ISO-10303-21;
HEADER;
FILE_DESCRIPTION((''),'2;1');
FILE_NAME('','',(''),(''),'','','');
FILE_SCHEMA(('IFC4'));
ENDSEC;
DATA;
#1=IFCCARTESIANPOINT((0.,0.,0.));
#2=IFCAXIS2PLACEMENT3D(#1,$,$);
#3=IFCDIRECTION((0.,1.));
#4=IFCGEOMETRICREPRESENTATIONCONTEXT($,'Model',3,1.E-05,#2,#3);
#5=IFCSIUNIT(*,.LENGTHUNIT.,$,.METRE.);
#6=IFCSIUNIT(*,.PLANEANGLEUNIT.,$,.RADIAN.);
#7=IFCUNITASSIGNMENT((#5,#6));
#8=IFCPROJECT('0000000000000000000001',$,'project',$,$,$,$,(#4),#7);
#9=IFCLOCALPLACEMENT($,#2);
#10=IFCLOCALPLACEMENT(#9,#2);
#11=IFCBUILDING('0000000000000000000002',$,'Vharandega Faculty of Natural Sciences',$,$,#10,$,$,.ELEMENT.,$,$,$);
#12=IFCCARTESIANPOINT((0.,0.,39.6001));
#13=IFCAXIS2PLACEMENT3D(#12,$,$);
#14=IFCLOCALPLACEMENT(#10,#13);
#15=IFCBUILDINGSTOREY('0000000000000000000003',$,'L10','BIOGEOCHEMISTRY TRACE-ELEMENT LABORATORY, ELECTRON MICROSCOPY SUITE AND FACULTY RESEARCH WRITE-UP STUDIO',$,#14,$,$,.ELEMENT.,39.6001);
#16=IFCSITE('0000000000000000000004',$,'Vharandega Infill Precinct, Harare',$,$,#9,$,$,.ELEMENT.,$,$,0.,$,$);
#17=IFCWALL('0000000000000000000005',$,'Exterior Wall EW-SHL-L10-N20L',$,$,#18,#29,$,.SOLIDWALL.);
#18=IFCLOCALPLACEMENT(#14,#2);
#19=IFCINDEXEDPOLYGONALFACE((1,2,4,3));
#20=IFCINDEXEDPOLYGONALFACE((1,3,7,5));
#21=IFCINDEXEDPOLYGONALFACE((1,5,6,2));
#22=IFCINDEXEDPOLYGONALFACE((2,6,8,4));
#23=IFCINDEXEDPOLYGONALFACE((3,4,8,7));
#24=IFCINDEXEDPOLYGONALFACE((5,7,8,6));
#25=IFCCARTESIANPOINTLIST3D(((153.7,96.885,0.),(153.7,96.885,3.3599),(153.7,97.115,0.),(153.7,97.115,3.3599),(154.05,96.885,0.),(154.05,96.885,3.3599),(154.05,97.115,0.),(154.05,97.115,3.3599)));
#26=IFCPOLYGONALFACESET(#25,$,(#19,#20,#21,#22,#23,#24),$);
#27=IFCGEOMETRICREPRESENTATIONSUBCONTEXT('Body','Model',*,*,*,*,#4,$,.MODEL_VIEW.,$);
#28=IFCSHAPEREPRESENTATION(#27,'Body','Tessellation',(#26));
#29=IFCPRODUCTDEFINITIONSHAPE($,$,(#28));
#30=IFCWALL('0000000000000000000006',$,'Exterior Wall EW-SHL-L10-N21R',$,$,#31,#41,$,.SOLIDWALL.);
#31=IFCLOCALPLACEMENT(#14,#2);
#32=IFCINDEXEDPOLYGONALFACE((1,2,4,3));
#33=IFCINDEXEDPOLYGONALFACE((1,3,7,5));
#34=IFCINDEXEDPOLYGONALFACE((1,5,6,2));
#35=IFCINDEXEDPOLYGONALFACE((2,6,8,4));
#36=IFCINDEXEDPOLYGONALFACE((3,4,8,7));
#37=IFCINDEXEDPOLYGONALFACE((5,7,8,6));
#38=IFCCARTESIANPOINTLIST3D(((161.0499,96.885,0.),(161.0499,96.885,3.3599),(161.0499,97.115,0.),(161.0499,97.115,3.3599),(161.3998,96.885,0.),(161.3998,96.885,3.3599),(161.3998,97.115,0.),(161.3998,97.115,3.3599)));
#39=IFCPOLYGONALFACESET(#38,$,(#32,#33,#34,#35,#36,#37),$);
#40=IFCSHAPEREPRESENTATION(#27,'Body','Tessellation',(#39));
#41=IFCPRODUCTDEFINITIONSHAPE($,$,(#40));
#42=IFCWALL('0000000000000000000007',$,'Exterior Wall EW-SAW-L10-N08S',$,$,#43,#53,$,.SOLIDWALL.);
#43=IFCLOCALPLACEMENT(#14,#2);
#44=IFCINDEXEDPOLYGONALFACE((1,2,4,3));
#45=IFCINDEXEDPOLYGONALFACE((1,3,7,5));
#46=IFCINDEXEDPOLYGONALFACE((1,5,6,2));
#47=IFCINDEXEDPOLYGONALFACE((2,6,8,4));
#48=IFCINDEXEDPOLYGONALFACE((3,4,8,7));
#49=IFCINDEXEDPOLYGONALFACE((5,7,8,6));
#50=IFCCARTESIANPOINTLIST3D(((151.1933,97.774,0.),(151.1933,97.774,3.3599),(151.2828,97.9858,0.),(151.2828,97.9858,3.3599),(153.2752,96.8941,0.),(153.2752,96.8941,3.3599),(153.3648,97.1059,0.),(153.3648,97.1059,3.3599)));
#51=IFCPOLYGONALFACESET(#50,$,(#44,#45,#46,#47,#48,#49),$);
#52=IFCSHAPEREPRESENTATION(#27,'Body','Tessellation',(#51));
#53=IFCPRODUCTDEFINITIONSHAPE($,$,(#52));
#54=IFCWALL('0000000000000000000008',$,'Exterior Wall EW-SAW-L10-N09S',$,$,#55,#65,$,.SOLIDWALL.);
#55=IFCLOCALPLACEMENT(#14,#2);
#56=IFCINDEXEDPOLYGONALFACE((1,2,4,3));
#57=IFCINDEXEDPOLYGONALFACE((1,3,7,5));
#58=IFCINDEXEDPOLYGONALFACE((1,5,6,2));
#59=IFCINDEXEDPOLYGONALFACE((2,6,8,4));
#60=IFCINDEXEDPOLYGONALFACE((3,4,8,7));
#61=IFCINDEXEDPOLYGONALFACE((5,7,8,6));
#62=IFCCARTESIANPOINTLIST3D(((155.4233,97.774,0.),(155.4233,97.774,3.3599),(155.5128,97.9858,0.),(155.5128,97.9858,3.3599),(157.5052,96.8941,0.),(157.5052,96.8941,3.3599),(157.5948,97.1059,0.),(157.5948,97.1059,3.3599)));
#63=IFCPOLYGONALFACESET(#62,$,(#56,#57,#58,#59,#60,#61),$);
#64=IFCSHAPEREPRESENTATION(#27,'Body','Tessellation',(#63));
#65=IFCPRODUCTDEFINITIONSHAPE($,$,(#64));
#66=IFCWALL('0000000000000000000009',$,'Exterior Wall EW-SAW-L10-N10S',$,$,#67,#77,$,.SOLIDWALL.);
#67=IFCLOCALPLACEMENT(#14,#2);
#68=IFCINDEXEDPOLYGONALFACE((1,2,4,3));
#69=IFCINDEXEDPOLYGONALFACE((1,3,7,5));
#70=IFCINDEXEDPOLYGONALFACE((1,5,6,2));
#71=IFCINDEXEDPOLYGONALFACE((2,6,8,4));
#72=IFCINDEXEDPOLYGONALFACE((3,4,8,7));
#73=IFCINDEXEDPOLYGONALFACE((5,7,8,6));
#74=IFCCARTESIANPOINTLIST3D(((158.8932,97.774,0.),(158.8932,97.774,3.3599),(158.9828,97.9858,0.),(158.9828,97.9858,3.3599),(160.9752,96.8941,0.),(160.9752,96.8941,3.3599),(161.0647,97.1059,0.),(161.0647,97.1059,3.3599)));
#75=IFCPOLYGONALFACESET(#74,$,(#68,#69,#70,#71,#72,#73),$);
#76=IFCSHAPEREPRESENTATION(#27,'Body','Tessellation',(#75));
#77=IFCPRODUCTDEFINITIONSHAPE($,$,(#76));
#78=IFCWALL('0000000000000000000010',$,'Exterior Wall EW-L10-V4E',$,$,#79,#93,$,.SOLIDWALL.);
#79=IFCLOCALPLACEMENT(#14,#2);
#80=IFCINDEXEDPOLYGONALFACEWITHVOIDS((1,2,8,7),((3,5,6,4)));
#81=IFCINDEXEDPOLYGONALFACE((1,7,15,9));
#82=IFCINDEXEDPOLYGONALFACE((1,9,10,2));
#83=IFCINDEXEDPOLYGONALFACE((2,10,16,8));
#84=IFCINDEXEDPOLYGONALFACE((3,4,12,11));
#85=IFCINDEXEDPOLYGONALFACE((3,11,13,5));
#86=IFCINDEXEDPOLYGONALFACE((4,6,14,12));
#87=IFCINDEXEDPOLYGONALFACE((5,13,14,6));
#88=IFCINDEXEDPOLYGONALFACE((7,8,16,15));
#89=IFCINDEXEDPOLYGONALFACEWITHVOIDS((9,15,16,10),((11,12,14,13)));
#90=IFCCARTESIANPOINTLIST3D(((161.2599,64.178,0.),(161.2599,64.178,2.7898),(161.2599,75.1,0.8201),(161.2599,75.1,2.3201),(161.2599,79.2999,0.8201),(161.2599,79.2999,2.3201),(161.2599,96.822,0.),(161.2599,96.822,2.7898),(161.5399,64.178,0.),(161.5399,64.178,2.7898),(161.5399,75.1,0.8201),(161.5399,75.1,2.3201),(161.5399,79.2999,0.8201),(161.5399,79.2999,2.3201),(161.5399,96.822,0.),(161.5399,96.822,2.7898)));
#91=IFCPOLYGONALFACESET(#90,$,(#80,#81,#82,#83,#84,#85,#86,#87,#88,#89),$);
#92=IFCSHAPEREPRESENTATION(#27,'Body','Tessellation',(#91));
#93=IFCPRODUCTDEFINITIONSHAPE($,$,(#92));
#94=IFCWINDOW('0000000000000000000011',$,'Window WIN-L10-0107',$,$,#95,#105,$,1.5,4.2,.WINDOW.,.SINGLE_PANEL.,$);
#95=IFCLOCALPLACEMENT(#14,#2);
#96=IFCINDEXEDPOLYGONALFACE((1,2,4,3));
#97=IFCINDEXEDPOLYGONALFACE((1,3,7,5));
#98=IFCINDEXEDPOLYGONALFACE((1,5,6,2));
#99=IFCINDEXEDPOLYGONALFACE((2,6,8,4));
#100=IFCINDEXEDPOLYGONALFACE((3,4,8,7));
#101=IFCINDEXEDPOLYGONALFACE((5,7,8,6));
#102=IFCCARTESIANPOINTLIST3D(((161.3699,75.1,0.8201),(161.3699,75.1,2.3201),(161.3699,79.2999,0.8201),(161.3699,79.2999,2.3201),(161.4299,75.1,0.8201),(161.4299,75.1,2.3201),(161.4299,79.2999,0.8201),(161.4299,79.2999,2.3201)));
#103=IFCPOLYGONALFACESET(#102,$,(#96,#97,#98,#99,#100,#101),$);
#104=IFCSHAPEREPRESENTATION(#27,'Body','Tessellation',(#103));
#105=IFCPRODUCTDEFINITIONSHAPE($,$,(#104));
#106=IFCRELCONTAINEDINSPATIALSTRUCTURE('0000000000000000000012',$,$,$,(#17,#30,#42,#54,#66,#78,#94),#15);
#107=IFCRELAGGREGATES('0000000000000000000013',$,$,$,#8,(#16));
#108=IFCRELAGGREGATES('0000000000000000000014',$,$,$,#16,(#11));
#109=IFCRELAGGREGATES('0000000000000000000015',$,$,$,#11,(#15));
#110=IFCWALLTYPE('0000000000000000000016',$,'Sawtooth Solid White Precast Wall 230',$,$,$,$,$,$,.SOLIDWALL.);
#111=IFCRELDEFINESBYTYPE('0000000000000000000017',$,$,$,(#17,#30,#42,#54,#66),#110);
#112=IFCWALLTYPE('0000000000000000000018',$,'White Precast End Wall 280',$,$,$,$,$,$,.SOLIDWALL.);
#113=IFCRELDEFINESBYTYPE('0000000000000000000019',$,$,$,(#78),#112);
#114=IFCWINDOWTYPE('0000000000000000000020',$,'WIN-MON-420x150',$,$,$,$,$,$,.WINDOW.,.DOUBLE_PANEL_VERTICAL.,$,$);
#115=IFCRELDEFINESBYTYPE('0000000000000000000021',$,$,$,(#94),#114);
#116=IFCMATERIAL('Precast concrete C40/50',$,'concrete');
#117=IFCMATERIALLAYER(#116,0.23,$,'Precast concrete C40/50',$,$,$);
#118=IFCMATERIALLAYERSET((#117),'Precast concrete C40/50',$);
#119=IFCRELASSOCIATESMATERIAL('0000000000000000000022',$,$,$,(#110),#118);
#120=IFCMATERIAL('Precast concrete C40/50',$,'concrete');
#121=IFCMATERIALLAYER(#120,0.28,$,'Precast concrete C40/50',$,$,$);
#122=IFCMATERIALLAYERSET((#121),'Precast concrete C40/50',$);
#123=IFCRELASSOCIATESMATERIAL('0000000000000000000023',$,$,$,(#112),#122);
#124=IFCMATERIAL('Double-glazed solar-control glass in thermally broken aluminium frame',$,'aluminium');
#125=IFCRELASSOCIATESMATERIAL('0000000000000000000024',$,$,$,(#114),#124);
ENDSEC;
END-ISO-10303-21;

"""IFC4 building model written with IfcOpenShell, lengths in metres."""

from ifc_helpers import new_model, si_unit, direction, frame, frame_2d, origin, place, context, subcontext, project, spatial, rectangle, extrude, material, layer, layer_set, type_object, element, fill, save


model = new_model("IFC4")

# Units and contexts
model_context = context("Model", 3, precision=1e-05, world=origin(), true_north=direction((0.0, 1.0)))
body_context = subcontext(model_context, "Body", "Model", "MODEL_VIEW")
ifc_project = project(units=[si_unit("LENGTHUNIT", "METRE"), si_unit("PLANEANGLEUNIT", "RADIAN")], contexts=[model_context])

# Site, building, storey
site_placement = place(None, origin())
site = spatial("IfcSite", under=ifc_project, at=site_placement, Name="Vharandega Infill Precinct, Harare", CompositionType="ELEMENT", RefElevation=0.0)
building_placement = place(site_placement, origin())
building = spatial("IfcBuilding", under=site, at=building_placement, Name="Vharandega Faculty of Natural Sciences", CompositionType="ELEMENT")
storey_placement = place(building_placement, frame((0.0, 0.0, 39.6001)))
storey = spatial("IfcBuildingStorey", under=building, at=storey_placement, Name="L10", Description="BIOGEOCHEMISTRY TRACE-ELEMENT LABORATORY, ELECTRON MICROSCOPY SUITE AND FACULTY RESEARCH WRITE-UP STUDIO", CompositionType="ELEMENT", Elevation=39.6001)

# Walls
ifc_material_1 = material(Name="Precast concrete C40/50", Category="concrete")
ifc_layer_1 = layer(ifc_material_1, 0.23, Name="Precast concrete C40/50")
ifc_layer_set_1 = layer_set([ifc_layer_1], Name="Precast concrete C40/50")
wall_type_1 = type_object("IfcWallType", Name="Sawtooth Solid White Precast Wall 230", PredefinedType="SOLIDWALL", material=ifc_layer_set_1)
wall_1_placement = place(storey_placement, frame((153.7, 97.0, 0.0), z_axis=(0.0, 0.0, 1.0), x_axis=(1.0, 0.0, 0.0)))
element("IfcWall", 1, at=wall_1_placement, inside=storey, type_object=wall_type_1, Name="Exterior Wall EW-SHL-L10-N20L", PredefinedType="SOLIDWALL", context=body_context, shape_type="SweptSolid", body=[
    extrude(rectangle(XDim=0.3501, YDim=0.23, at=frame_2d((0.175, 0.0))), origin(), (0.0, 0.0, 1.0), 3.3599),
])
wall_2_placement = place(storey_placement, frame((161.05, 97.0, 0.0), z_axis=(0.0, 0.0, 1.0), x_axis=(1.0, 0.0, 0.0)))
element("IfcWall", 2, at=wall_2_placement, inside=storey, type_object=wall_type_1, Name="Exterior Wall EW-SHL-L10-N21R", PredefinedType="SOLIDWALL", context=body_context, shape_type="SweptSolid", body=[
    extrude(rectangle(XDim=0.3499, YDim=0.23, at=frame_2d((0.1748, 0.0))), origin(), (0.0, 0.0, 1.0), 3.3599),
])
for number, where, z_axis, x_axis, name in (
    (3, (151.238, 97.8799, 0.0), (0.0, 0.0, 1.0), (0.921122, -0.389274, 0.0), "Exterior Wall EW-SAW-L10-N08S"),
    (4, (155.468, 97.8799, 0.0), (0.0, 0.0, 1.0), (0.921122, -0.389274, 0.0), "Exterior Wall EW-SAW-L10-N09S"),
    (5, (158.938, 97.8799, 0.0), (0.0, 0.0, 1.0), (0.921122, -0.389274, 0.0), "Exterior Wall EW-SAW-L10-N10S"),
):
    element("IfcWall", number, at=place(storey_placement, frame(where, z_axis=z_axis, x_axis=x_axis)), inside=storey, type_object=wall_type_1, Name=name, PredefinedType="SOLIDWALL", context=body_context, shape_type="SweptSolid", body=[
        extrude(rectangle(XDim=2.2603, YDim=0.23, at=frame_2d((1.1301, 0.0))), origin(), (0.0, 0.0, 1.0), 3.3599),
    ])

# Wall, opening, window
ifc_material_2 = material(Name="Precast concrete C40/50", Category="concrete")
ifc_layer_2 = layer(ifc_material_2, 0.28, Name="Precast concrete C40/50")
ifc_layer_set_2 = layer_set([ifc_layer_2], Name="Precast concrete C40/50")
wall_type_2 = type_object("IfcWallType", Name="White Precast End Wall 280", PredefinedType="SOLIDWALL", material=ifc_layer_set_2)
wall_3_placement = place(storey_placement, frame((161.3999, 96.822, 0.0), z_axis=(0.0, 0.0, 1.0), x_axis=(0.0, -1.0, 0.0)))
wall_3 = element("IfcWall", 6, at=wall_3_placement, inside=storey, type_object=wall_type_2, Name="Exterior Wall EW-L10-V4E", PredefinedType="SOLIDWALL", context=body_context, shape_type="SweptSolid", body=[
    extrude(rectangle(XDim=32.644, YDim=0.28, at=frame_2d((16.322, 0.0))), origin(), (0.0, 0.0, 1.0), 2.7898),
])
opening_1_placement = place(wall_3_placement, frame((17.522, 0.0, 0.8201)))
opening_1 = element("IfcOpeningElement", 7, at=opening_1_placement, cuts=wall_3, PredefinedType="OPENING", context=body_context, shape_type="SweptSolid", body=[
    extrude(rectangle(XDim=4.2, YDim=1.5, at=frame_2d((2.1001, 0.75))), frame((0.0, 0.1499, 0.0), z_axis=(0.0, -1.0, 0.0), x_axis=(1.0, 0.0, 0.0)), (0.0, 0.0, 1.0), 0.3),
])
ifc_material_3 = material(Name="Double-glazed solar-control glass in thermally broken aluminium frame", Category="aluminium")
window_type_1 = type_object("IfcWindowType", Name="WIN-MON-420x150", PartitioningType="DOUBLE_PANEL_VERTICAL", PredefinedType="WINDOW", material=ifc_material_3)
window_1_placement = place(opening_1_placement, origin())
window_1 = element("IfcWindow", 8, at=window_1_placement, inside=storey, type_object=window_type_1, Name="Window WIN-L10-0107", OverallHeight=1.5, OverallWidth=4.2, PartitioningType="SINGLE_PANEL", PredefinedType="WINDOW", context=body_context, shape_type="SweptSolid", body=[
    extrude(rectangle(XDim=4.2, YDim=1.5, at=frame_2d((2.1001, 0.75))), frame((0.0, 0.03, 0.0), z_axis=(0.0, -1.0, 0.0), x_axis=(1.0, 0.0, 0.0)), (0.0, 0.0, 1.0), 0.0601),
])
fill(opening_1, window_1)

save(model, "model.ifc")
